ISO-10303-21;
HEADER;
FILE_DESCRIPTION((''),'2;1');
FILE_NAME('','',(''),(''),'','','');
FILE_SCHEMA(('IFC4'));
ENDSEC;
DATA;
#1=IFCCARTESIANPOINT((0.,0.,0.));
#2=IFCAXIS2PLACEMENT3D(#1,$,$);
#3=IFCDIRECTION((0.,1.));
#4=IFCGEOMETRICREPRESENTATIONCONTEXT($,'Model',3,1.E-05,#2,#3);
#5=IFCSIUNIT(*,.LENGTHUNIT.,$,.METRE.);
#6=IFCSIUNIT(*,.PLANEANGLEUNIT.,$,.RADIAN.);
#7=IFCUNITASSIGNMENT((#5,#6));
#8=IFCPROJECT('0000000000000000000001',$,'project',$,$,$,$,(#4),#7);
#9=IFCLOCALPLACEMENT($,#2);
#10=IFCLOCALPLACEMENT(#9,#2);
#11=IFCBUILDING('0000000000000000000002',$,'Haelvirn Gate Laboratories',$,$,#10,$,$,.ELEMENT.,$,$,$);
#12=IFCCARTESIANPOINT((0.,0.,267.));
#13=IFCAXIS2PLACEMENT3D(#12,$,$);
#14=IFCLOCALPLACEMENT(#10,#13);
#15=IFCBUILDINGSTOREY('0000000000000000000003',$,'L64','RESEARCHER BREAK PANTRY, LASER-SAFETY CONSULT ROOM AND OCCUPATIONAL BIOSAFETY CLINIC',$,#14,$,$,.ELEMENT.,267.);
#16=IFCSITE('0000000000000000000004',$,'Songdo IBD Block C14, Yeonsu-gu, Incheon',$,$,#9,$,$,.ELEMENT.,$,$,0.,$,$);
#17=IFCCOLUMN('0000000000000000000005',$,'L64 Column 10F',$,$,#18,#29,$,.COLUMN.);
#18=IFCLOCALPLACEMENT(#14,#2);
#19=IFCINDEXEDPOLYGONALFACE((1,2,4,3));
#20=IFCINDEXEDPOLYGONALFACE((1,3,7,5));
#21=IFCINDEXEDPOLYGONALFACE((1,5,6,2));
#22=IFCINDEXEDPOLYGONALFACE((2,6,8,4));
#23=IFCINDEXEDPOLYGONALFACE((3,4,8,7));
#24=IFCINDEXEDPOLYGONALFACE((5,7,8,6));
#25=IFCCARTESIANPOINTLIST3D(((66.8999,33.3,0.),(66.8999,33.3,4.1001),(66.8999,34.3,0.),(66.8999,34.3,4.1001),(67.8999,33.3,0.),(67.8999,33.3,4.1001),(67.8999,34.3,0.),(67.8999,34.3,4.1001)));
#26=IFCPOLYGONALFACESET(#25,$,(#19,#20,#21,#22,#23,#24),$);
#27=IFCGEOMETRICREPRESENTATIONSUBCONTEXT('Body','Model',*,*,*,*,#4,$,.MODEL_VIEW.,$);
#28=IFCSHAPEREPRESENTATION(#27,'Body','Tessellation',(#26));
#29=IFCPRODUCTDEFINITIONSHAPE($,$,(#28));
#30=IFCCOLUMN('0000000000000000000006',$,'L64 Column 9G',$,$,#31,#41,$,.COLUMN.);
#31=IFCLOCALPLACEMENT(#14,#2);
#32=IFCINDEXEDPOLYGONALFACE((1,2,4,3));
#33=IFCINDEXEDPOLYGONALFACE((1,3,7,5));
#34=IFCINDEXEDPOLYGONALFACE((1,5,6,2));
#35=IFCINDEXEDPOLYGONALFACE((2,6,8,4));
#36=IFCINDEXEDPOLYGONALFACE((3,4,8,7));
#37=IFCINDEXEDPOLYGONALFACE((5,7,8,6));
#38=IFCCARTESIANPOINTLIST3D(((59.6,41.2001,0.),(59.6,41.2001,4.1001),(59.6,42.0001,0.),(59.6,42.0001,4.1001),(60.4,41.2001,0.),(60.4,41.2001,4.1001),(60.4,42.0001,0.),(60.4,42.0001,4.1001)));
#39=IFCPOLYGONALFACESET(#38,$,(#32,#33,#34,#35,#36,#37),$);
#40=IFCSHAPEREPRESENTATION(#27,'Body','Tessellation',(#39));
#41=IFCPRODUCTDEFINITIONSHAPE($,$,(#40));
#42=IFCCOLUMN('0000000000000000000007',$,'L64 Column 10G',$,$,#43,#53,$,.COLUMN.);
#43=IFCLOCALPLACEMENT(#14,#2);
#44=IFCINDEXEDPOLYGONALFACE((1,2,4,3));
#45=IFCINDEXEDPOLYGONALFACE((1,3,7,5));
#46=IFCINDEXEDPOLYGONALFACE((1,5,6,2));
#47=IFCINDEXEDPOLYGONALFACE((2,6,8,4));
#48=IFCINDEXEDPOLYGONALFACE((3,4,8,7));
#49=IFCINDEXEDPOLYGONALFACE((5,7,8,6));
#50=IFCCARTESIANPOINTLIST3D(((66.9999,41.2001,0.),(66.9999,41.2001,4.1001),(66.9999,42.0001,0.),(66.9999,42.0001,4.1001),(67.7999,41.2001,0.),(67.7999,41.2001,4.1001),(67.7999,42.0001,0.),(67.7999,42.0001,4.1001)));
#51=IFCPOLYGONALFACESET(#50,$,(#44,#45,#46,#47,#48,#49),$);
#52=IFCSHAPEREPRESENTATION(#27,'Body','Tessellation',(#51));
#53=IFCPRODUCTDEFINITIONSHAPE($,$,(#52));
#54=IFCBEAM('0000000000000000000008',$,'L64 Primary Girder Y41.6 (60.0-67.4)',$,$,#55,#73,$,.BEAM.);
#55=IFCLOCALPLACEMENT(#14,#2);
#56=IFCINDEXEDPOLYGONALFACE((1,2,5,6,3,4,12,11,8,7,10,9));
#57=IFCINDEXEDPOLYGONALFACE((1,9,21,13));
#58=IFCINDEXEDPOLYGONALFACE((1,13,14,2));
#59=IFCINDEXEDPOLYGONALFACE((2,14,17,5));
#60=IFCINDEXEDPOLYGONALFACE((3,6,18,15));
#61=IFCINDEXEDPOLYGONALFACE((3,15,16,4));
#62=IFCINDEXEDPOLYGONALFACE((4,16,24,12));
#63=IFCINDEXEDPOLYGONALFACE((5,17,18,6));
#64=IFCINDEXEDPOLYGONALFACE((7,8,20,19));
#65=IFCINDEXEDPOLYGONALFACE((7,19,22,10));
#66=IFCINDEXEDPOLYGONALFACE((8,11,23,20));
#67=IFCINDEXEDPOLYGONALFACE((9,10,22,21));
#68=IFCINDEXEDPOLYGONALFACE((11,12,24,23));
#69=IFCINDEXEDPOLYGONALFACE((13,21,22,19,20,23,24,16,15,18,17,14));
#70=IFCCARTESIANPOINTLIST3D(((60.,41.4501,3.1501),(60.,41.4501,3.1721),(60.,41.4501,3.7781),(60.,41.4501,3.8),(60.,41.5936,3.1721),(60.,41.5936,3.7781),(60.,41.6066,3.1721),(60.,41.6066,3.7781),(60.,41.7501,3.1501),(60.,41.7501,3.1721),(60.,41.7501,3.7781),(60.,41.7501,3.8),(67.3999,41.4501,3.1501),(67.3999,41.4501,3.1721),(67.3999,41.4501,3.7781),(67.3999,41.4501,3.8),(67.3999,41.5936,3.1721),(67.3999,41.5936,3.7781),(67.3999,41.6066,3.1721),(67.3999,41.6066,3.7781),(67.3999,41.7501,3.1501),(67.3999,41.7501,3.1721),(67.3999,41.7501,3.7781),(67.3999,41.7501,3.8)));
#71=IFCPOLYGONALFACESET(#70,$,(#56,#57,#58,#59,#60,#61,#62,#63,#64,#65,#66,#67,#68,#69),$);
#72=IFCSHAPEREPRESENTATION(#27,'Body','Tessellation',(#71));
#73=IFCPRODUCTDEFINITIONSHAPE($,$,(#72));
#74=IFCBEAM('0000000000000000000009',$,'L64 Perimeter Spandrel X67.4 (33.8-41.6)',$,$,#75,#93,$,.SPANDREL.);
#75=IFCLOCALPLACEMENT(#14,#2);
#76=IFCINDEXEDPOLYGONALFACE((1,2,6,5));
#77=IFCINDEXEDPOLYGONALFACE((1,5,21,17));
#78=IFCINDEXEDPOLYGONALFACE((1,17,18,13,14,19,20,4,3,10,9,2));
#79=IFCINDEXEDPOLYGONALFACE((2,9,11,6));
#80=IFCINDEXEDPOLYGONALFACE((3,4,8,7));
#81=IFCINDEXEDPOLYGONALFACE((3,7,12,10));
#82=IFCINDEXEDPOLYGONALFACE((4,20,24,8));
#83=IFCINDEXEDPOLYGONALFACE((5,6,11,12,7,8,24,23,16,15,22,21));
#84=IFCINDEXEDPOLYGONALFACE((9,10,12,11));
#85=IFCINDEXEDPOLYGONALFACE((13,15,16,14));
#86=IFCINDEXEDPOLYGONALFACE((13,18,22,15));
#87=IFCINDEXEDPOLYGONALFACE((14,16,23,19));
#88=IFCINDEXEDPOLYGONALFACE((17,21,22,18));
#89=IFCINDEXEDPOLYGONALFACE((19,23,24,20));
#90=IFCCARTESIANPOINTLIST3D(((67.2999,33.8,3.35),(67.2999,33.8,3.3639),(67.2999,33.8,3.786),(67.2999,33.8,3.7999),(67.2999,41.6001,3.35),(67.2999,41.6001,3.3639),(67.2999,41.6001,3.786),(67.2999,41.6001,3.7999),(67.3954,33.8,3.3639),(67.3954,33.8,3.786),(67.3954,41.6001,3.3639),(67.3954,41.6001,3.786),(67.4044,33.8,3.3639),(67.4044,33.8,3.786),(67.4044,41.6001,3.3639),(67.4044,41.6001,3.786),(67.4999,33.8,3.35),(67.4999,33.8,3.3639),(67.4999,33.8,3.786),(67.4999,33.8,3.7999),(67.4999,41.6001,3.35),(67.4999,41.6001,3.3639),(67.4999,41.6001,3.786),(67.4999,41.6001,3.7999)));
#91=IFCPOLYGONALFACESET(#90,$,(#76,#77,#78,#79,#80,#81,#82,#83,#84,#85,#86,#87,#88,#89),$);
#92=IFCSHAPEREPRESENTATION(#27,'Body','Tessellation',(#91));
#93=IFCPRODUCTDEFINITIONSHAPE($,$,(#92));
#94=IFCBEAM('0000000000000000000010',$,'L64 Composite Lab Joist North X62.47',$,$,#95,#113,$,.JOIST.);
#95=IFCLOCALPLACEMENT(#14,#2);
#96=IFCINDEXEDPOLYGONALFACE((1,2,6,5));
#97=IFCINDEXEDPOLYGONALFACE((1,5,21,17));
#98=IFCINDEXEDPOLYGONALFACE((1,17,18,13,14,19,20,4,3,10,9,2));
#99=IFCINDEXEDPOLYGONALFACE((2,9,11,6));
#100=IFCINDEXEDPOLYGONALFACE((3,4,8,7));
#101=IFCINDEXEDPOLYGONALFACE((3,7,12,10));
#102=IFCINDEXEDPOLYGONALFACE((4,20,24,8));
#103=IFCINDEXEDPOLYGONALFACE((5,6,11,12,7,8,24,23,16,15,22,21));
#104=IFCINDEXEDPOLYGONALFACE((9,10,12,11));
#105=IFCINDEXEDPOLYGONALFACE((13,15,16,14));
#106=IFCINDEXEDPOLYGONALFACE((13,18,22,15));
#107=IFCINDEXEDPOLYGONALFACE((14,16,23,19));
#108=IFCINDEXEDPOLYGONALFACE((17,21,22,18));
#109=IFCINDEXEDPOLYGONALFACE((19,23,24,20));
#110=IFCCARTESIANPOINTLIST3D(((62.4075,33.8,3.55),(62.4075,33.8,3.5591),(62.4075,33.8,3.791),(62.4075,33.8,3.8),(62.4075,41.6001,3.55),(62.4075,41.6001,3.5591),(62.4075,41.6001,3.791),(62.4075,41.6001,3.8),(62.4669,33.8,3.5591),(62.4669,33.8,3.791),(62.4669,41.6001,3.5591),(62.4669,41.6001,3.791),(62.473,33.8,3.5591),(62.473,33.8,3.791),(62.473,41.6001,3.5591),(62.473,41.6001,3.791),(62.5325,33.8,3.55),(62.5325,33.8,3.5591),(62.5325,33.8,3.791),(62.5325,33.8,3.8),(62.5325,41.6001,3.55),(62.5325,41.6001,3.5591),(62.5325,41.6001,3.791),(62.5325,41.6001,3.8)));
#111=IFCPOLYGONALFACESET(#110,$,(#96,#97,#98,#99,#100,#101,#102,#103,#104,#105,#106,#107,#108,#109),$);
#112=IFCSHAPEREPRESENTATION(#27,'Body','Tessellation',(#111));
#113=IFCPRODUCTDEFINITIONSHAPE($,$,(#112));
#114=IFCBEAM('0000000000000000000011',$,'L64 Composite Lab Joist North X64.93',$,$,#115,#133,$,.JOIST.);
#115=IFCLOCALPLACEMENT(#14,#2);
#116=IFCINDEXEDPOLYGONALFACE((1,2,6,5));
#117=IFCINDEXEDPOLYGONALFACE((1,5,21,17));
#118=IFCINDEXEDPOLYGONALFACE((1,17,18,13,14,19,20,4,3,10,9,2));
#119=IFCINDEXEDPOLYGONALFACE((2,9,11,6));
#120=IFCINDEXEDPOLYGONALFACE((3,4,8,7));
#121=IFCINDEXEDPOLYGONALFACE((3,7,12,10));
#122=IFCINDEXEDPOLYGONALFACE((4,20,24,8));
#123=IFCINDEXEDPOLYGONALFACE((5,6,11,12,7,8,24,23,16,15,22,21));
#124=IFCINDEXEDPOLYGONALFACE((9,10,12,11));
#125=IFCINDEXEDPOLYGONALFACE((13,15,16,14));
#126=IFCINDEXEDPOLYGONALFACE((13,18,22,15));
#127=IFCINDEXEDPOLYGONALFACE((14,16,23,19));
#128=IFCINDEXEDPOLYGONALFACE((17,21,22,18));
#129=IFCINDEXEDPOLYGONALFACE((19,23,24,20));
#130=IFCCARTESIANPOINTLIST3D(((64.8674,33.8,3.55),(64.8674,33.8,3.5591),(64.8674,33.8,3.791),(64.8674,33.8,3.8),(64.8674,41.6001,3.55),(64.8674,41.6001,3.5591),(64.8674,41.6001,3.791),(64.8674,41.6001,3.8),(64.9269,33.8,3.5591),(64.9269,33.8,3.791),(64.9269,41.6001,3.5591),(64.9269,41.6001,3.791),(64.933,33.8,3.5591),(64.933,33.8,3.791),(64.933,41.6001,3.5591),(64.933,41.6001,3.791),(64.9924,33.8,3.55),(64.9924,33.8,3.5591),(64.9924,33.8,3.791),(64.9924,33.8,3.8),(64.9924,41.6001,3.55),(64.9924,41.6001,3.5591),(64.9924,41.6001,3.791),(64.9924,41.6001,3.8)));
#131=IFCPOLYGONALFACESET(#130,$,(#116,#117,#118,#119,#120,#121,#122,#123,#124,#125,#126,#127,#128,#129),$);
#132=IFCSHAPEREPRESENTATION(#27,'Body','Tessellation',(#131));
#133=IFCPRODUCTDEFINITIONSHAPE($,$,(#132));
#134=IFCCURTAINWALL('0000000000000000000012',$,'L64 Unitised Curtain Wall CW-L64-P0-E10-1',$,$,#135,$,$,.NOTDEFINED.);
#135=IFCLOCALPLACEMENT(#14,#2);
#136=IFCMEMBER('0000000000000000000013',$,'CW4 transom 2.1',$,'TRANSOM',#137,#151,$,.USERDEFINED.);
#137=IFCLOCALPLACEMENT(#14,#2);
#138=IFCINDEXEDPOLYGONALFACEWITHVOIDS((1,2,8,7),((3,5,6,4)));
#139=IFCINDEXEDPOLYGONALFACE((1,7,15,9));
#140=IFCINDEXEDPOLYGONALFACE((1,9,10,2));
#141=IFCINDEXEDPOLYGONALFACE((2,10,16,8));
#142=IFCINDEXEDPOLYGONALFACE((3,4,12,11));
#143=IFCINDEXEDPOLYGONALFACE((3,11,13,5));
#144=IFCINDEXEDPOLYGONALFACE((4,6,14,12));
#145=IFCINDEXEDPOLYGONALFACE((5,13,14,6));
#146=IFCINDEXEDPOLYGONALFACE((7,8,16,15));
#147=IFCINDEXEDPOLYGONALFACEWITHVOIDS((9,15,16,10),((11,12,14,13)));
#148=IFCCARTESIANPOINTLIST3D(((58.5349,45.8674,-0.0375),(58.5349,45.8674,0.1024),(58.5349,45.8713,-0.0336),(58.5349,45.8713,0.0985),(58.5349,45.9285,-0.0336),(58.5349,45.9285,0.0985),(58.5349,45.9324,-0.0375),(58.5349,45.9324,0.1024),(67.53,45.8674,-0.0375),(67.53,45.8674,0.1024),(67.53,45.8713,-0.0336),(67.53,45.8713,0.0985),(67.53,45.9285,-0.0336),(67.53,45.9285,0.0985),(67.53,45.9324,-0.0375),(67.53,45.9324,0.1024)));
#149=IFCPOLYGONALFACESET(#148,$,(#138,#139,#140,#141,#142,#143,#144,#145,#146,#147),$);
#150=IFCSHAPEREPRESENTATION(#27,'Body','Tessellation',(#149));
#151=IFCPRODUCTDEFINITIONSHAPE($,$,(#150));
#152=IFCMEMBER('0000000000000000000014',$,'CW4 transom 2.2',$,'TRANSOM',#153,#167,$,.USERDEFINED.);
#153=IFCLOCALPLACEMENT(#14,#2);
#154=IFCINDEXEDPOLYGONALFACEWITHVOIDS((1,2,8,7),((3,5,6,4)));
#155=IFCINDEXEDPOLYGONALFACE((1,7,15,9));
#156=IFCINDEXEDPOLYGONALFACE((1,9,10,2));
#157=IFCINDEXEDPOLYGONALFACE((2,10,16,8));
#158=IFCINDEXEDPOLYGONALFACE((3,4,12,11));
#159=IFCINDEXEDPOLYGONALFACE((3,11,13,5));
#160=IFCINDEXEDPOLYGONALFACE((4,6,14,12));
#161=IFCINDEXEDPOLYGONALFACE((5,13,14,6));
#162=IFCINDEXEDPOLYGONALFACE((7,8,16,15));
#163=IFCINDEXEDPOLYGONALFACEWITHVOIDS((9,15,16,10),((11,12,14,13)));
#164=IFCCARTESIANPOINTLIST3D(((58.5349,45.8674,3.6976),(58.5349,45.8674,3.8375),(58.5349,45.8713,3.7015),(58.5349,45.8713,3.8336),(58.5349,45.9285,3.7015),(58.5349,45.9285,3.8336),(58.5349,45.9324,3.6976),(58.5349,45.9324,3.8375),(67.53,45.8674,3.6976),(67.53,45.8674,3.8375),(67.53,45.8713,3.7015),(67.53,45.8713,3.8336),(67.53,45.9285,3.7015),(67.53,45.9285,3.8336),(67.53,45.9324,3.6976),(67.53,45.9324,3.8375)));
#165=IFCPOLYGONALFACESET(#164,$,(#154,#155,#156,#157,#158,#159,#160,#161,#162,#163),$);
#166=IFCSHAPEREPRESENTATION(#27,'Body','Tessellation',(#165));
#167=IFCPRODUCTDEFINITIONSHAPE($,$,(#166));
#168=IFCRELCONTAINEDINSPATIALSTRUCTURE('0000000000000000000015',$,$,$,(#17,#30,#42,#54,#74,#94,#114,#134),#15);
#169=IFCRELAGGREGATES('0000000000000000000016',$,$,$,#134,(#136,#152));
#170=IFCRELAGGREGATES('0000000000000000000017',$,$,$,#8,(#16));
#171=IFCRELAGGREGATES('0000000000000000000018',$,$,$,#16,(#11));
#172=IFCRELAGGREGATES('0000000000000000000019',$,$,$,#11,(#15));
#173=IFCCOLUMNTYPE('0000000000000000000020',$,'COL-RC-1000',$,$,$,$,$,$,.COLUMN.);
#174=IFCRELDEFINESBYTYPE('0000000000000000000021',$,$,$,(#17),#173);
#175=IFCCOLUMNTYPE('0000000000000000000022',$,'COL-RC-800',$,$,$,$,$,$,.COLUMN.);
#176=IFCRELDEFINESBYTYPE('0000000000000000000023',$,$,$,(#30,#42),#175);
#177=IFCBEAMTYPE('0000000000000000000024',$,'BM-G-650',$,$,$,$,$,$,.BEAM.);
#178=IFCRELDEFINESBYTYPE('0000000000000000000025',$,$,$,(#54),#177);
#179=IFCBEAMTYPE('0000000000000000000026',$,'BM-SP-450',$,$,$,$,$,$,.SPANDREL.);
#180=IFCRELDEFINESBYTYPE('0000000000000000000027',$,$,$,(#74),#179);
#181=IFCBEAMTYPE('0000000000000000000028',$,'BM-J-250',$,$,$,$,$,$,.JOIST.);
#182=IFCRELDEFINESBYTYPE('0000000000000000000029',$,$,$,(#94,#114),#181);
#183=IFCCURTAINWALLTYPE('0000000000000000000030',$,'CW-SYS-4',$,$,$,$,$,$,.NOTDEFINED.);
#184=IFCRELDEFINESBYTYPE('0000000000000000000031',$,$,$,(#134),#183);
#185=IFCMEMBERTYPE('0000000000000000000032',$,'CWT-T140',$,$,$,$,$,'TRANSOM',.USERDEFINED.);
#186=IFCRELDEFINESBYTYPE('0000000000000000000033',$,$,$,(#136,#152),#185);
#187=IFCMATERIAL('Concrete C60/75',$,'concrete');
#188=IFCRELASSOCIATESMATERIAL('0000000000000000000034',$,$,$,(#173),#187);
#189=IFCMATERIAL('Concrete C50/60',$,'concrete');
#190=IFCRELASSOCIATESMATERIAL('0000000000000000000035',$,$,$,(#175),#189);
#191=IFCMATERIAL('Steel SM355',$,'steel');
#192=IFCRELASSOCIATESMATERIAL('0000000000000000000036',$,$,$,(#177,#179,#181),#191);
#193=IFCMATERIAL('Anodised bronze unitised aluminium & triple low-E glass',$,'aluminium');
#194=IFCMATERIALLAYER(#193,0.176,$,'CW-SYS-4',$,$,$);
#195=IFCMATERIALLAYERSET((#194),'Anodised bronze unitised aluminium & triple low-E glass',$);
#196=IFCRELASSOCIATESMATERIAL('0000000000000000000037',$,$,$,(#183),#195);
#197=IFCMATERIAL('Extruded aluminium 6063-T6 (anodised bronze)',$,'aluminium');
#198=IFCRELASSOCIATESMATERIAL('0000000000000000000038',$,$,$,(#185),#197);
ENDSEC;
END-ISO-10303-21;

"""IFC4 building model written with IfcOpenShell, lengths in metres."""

from ifc_helpers import new_model, si_unit, direction, frame, origin, origin_2d, place, context, subcontext, project, spatial, rectangle, hollow_rectangle, i_section, extrude, source, transform, mapped, material, layer, layer_set, material_profile, profile_set, type_object, type_shapes, element, aggregate, save


model = new_model("IFC4")

# Units and contexts
model_context = context("Model", 3, precision=1e-05, world=origin(), true_north=direction((0.0, 1.0)))
body_context = subcontext(model_context, "Body", "Model", "MODEL_VIEW")
ifc_project = project(units=[si_unit("LENGTHUNIT", "METRE"), si_unit("PLANEANGLEUNIT", "RADIAN")], contexts=[model_context])

# Site, building, storey
site_placement = place(None, origin())
site = spatial("IfcSite", under=ifc_project, at=site_placement, Name="Songdo IBD Block C14, Yeonsu-gu, Incheon", CompositionType="ELEMENT", RefElevation=0.0)
building_placement = place(site_placement, origin())
building = spatial("IfcBuilding", under=site, at=building_placement, Name="Haelvirn Gate Laboratories", CompositionType="ELEMENT")
storey_placement = place(building_placement, frame((0.0, 0.0, 267.0)))
storey = spatial("IfcBuildingStorey", under=building, at=storey_placement, Name="L64", Description="RESEARCHER BREAK PANTRY, LASER-SAFETY CONSULT ROOM AND OCCUPATIONAL BIOSAFETY CLINIC", CompositionType="ELEMENT", Elevation=267.0)

# Columns
ifc_material_1 = material(Name="Concrete C60/75", Category="concrete")
ifc_material_profile_1 = material_profile(ifc_material_1, rectangle(XDim=1.0, YDim=1.0, at=origin_2d()), Name="RC-1000x1000")
ifc_profile_set_1 = profile_set([ifc_material_profile_1], Name="Concrete C60/75")
column_type_1 = type_object("IfcColumnType", Name="COL-RC-1000", PredefinedType="COLUMN", material=ifc_profile_set_1)
shared_shape_1 = source(origin(), body_context, "Body", "SweptSolid", [
    extrude(rectangle(XDim=1.0, YDim=1.0, at=origin_2d()), origin(), (0.0, 0.0, 1.0), 4.1001),
])
type_shapes(column_type_1, [shared_shape_1])
column_placement = place(storey_placement, frame((67.3999, 33.8, 0.0), z_axis=(0.0, 0.0, 1.0), x_axis=(1.0, 0.0, 0.0)))
element("IfcColumn", 1, at=column_placement, inside=storey, type_object=column_type_1, Name="L64 Column 10F", PredefinedType="COLUMN", context=body_context, shape_type="MappedRepresentation", body=[
    mapped(shared_shape_1, transform((0.0, 0.0, 0.0), scale=1.0)),
])
ifc_material_2 = material(Name="Concrete C50/60", Category="concrete")
ifc_material_profile_2 = material_profile(ifc_material_2, rectangle(XDim=0.8, YDim=0.8, at=origin_2d()), Name="RC-800x800")
ifc_profile_set_2 = profile_set([ifc_material_profile_2], Name="Concrete C50/60")
column_type_2 = type_object("IfcColumnType", Name="COL-RC-800", PredefinedType="COLUMN", material=ifc_profile_set_2)
shared_shape_2 = source(origin(), body_context, "Body", "SweptSolid", [
    extrude(rectangle(XDim=0.8, YDim=0.8, at=origin_2d()), origin(), (0.0, 0.0, 1.0), 4.1001),
])
type_shapes(column_type_2, [shared_shape_2])
for number, where, z_axis, x_axis, name in (
    (2, (60.0, 41.6001, 0.0), (0.0, 0.0, 1.0), (1.0, 0.0, 0.0), "L64 Column 9G"),
    (3, (67.3999, 41.6001, 0.0), (0.0, 0.0, 1.0), (1.0, 0.0, 0.0), "L64 Column 10G"),
):
    element("IfcColumn", number, at=place(storey_placement, frame(where, z_axis=z_axis, x_axis=x_axis)), inside=storey, type_object=column_type_2, Name=name, PredefinedType="COLUMN", context=body_context, shape_type="MappedRepresentation", body=[
        mapped(shared_shape_2, transform((0.0, 0.0, 0.0), scale=1.0)),
    ])

# Beams
ifc_material_3 = material(Name="Steel SM355", Category="steel")
ifc_material_profile_3 = material_profile(ifc_material_3, i_section(OverallWidth=0.3, OverallDepth=0.6499, WebThickness=0.0129, FlangeThickness=0.022, at=origin_2d()), Name="H-650x300x13x22")
ifc_profile_set_3 = profile_set([ifc_material_profile_3], Name="Steel SM355")
beam_type_1 = type_object("IfcBeamType", Name="BM-G-650", PredefinedType="BEAM", material=ifc_profile_set_3)
shared_shape_3 = source(origin(), body_context, "Body", "SweptSolid", [
    extrude(i_section(OverallWidth=0.3, OverallDepth=0.6499, WebThickness=0.0129, FlangeThickness=0.022, at=origin_2d()), origin(), (0.0, 0.0, 1.0), 7.3999),
])
type_shapes(beam_type_1, [shared_shape_3])
beam_1_placement = place(storey_placement, frame((60.0, 41.6001, 3.4751), z_axis=(1.0, 0.0, 0.0), x_axis=(0.0, 1.0, 0.0)))
element("IfcBeam", 4, at=beam_1_placement, inside=storey, type_object=beam_type_1, Name="L64 Primary Girder Y41.6 (60.0-67.4)", PredefinedType="BEAM", context=body_context, shape_type="MappedRepresentation", body=[
    mapped(shared_shape_3, transform((0.0, 0.0, 0.0), scale=1.0)),
])
ifc_material_profile_4 = material_profile(ifc_material_3, i_section(OverallWidth=0.2, OverallDepth=0.45, WebThickness=0.009, FlangeThickness=0.0139, at=origin_2d()), Name="H-450x200x9x14")
ifc_profile_set_4 = profile_set([ifc_material_profile_4], Name="Steel SM355")
beam_type_2 = type_object("IfcBeamType", Name="BM-SP-450", PredefinedType="SPANDREL", material=ifc_profile_set_4)
shared_shape_4 = source(origin(), body_context, "Body", "SweptSolid", [
    extrude(i_section(OverallWidth=0.2, OverallDepth=0.45, WebThickness=0.009, FlangeThickness=0.0139, at=origin_2d()), origin(), (0.0, 0.0, 1.0), 7.8),
])
type_shapes(beam_type_2, [shared_shape_4])
beam_2_placement = place(storey_placement, frame((67.3999, 33.8, 3.575), z_axis=(0.0, 1.0, 0.0), x_axis=(-1.0, 0.0, 0.0)))
element("IfcBeam", 5, at=beam_2_placement, inside=storey, type_object=beam_type_2, Name="L64 Perimeter Spandrel X67.4 (33.8-41.6)", PredefinedType="SPANDREL", context=body_context, shape_type="MappedRepresentation", body=[
    mapped(shared_shape_4, transform((0.0, 0.0, 0.0), scale=1.0)),
])
ifc_material_profile_5 = material_profile(ifc_material_3, i_section(OverallWidth=0.125, OverallDepth=0.25, WebThickness=0.0061, FlangeThickness=0.009, at=origin_2d()), Name="H-250x125x6x9")
ifc_profile_set_5 = profile_set([ifc_material_profile_5], Name="Steel SM355")
beam_type_3 = type_object("IfcBeamType", Name="BM-J-250", PredefinedType="JOIST", material=ifc_profile_set_5)
shared_shape_5 = source(origin(), body_context, "Body", "SweptSolid", [
    extrude(i_section(OverallWidth=0.125, OverallDepth=0.25, WebThickness=0.0061, FlangeThickness=0.009, at=origin_2d()), origin(), (0.0, 0.0, 1.0), 7.8),
])
type_shapes(beam_type_3, [shared_shape_5])
for number, where, z_axis, x_axis, name in (
    (6, (62.47, 33.8, 3.675), (0.0, 1.0, 0.0), (-1.0, 0.0, 0.0), "L64 Composite Lab Joist North X62.47"),
    (7, (64.9299, 33.8, 3.675), (0.0, 1.0, 0.0), (-1.0, 0.0, 0.0), "L64 Composite Lab Joist North X64.93"),
):
    element("IfcBeam", number, at=place(storey_placement, frame(where, z_axis=z_axis, x_axis=x_axis)), inside=storey, type_object=beam_type_3, Name=name, PredefinedType="JOIST", context=body_context, shape_type="MappedRepresentation", body=[
        mapped(shared_shape_5, transform((0.0, 0.0, 0.0), scale=1.0)),
    ])

# Curtain wall, members
ifc_material_4 = material(Name="Anodised bronze unitised aluminium & triple low-E glass", Category="aluminium")
ifc_layer_1 = layer(ifc_material_4, 0.176, Name="CW-SYS-4")
ifc_layer_set_1 = layer_set([ifc_layer_1], Name="Anodised bronze unitised aluminium & triple low-E glass")
curtain_wall_type_1 = type_object("IfcCurtainWallType", Name="CW-SYS-4", PredefinedType="NOTDEFINED", material=ifc_layer_set_1)
curtain_wall_1_placement = place(storey_placement, origin())
curtain_wall_1 = element("IfcCurtainWall", 8, at=curtain_wall_1_placement, inside=storey, type_object=curtain_wall_type_1, Name="L64 Unitised Curtain Wall CW-L64-P0-E10-1", PredefinedType="NOTDEFINED")
ifc_material_5 = material(Name="Extruded aluminium 6063-T6 (anodised bronze)", Category="aluminium")
ifc_material_profile_6 = material_profile(ifc_material_5, hollow_rectangle(XDim=0.0649, YDim=0.1399, WallThickness=0.0039, at=origin_2d()), Name="CWT-140x65x4")
ifc_profile_set_6 = profile_set([ifc_material_profile_6], Name="Extruded aluminium 6063-T6 (anodised bronze)")
member_type_1 = type_object("IfcMemberType", Name="CWT-T140", ElementType="TRANSOM", PredefinedType="USERDEFINED", material=ifc_profile_set_6)
shared_shape_6 = source(origin(), body_context, "Body", "SweptSolid", [
    extrude(hollow_rectangle(XDim=0.0649, YDim=0.1399, WallThickness=0.0039, at=origin_2d()), origin(), (0.0, 0.0, 1.0), 8.9951),
])
member_1_placement = place(storey_placement, frame((58.5349, 45.8999, 0.0325), z_axis=(1.0, 0.0, 0.0), x_axis=(0.0, 1.0, 0.0)))
member_1 = element("IfcMember", 9, at=member_1_placement, type_object=member_type_1, Name="CW4 transom 2.1", ObjectType="TRANSOM", PredefinedType="USERDEFINED", context=body_context, shape_type="MappedRepresentation", body=[
    mapped(shared_shape_6, transform((0.0, 0.0, 0.0), scale=1.0)),
])
member_2_placement = place(storey_placement, frame((58.5349, 45.8999, 3.7676), z_axis=(1.0, 0.0, 0.0), x_axis=(0.0, 1.0, 0.0)))
member_2 = element("IfcMember", 10, at=member_2_placement, type_object=member_type_1, Name="CW4 transom 2.2", ObjectType="TRANSOM", PredefinedType="USERDEFINED", context=body_context, shape_type="MappedRepresentation", body=[
    mapped(shared_shape_6, transform((0.0, 0.0, 0.0), scale=1.0)),
])

aggregate(curtain_wall_1, [member_1, member_2])

save(model, "model.ifc")
